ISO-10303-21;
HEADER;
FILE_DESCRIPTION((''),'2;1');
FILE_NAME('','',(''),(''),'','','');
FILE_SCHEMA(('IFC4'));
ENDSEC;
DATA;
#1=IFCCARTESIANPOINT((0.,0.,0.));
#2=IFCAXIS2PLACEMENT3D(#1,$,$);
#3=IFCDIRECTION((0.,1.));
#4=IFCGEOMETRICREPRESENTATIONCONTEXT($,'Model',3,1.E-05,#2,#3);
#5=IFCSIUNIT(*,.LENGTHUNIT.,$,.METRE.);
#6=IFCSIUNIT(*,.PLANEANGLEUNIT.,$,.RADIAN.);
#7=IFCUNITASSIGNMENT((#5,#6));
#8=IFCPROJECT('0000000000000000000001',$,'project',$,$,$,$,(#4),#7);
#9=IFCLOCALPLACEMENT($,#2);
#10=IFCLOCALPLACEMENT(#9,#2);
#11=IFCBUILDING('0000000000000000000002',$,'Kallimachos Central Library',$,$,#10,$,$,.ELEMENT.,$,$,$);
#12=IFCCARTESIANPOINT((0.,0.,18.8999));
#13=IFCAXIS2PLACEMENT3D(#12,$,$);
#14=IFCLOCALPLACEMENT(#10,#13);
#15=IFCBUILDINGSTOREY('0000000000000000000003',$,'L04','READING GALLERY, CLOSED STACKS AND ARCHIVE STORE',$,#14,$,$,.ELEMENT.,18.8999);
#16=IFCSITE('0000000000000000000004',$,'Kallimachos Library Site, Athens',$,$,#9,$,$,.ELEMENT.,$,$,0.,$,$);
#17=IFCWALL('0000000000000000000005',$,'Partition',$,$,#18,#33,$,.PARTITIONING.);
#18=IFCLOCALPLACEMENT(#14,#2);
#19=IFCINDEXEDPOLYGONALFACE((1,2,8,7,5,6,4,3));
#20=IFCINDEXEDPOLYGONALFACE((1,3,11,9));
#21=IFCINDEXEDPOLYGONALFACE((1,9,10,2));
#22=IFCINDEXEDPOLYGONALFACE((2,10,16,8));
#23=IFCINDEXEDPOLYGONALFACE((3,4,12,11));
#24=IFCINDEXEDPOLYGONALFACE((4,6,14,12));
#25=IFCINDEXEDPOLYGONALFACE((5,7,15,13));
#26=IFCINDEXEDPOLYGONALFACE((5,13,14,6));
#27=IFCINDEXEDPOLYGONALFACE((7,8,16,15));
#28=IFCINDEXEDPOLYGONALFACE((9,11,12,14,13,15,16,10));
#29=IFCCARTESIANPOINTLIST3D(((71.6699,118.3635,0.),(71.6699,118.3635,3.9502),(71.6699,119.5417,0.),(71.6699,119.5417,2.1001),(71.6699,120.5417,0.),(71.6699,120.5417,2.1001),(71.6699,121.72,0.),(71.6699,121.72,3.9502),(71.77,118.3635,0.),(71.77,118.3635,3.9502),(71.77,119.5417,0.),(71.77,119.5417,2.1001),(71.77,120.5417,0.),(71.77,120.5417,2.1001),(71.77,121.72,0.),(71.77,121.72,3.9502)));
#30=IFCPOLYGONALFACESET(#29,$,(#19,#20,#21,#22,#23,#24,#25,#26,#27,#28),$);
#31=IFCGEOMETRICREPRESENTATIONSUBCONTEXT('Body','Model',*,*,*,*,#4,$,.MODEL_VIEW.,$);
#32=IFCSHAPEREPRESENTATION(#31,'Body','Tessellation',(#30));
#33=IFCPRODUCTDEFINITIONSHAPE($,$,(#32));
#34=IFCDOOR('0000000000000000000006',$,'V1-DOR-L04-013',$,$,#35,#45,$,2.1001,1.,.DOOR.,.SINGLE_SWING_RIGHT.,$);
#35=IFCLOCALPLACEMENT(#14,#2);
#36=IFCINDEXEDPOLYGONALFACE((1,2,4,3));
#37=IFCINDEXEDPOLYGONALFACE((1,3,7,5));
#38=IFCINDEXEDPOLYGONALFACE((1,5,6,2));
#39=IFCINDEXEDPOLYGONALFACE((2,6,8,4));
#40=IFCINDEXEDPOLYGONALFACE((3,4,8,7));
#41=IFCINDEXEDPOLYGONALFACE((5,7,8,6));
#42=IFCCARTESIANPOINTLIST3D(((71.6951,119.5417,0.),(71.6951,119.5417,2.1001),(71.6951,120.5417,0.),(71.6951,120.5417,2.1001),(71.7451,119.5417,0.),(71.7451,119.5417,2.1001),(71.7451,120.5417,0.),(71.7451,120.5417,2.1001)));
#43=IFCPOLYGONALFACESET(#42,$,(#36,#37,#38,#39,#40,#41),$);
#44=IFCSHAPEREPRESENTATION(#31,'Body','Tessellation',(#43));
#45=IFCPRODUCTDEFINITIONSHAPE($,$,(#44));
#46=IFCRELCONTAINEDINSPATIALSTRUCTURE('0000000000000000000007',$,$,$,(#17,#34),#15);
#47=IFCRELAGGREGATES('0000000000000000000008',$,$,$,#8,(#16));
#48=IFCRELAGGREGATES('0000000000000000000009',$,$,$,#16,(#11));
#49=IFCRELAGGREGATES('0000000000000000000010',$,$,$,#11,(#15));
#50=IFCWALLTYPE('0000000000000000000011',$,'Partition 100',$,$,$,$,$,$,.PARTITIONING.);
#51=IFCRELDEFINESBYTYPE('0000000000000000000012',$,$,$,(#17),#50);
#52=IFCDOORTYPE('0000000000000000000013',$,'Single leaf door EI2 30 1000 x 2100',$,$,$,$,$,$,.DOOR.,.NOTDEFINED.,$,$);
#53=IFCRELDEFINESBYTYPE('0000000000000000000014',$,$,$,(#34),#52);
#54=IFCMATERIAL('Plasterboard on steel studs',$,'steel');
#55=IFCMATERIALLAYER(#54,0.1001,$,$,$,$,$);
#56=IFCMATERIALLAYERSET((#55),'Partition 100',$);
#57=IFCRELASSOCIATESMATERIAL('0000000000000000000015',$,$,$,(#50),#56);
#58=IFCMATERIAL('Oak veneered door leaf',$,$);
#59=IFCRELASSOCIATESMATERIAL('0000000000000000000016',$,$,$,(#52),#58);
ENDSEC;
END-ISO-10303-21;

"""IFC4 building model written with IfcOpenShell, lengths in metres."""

from ifc_helpers import new_model, si_unit, direction, frame, frame_2d, origin, place, context, subcontext, project, spatial, rectangle, extrude, material, layer, layer_set, type_object, element, fill, save


model = new_model("IFC4")

# Units and contexts
model_context = context("Model", 3, precision=1e-05, world=origin(), true_north=direction((0.0, 1.0)))
body_context = subcontext(model_context, "Body", "Model", "MODEL_VIEW")
ifc_project = project(units=[si_unit("LENGTHUNIT", "METRE"), si_unit("PLANEANGLEUNIT", "RADIAN")], contexts=[model_context])

# Site, building, storey
site_placement = place(None, origin())
site = spatial("IfcSite", under=ifc_project, at=site_placement, Name="Kallimachos Library Site, Athens", CompositionType="ELEMENT", RefElevation=0.0)
building_placement = place(site_placement, origin())
building = spatial("IfcBuilding", under=site, at=building_placement, Name="Kallimachos Central Library", CompositionType="ELEMENT")
storey_placement = place(building_placement, frame((0.0, 0.0, 18.8999)))
storey = spatial("IfcBuildingStorey", under=building, at=storey_placement, Name="L04", Description="READING GALLERY, CLOSED STACKS AND ARCHIVE STORE", CompositionType="ELEMENT", Elevation=18.8999)

# Wall, opening, door
ifc_material_1 = material(Name="Plasterboard on steel studs", Category="steel")
ifc_layer_1 = layer(ifc_material_1, 0.1001)
ifc_layer_set_1 = layer_set([ifc_layer_1], Name="Partition 100")
wall_type = type_object("IfcWallType", Name="Partition 100", PredefinedType="PARTITIONING", material=ifc_layer_set_1)
wall_placement = place(storey_placement, frame((71.72, 121.72, 0.0), z_axis=(0.0, 0.0, 1.0), x_axis=(0.0, -1.0, 0.0)))
wall = element("IfcWall", 1, at=wall_placement, inside=storey, type_object=wall_type, Name="Partition", PredefinedType="PARTITIONING", context=body_context, shape_type="SweptSolid", body=[
    extrude(rectangle(XDim=3.3564, YDim=0.1001, at=frame_2d((1.6782, 0.0))), origin(), (0.0, 0.0, 1.0), 3.9502),
])
opening_placement = place(wall_placement, frame((1.1782, 0.0, 0.0)))
opening = element("IfcOpeningElement", 2, at=opening_placement, cuts=wall, PredefinedType="OPENING", context=body_context, shape_type="SweptSolid", body=[
    extrude(rectangle(XDim=1.0, YDim=2.1001, at=frame_2d((0.5, 1.05))), frame((0.0, 0.0601, 0.0), z_axis=(0.0, -1.0, 0.0), x_axis=(1.0, 0.0, 0.0)), (0.0, 0.0, 1.0), 0.1201),
])
ifc_material_2 = material(Name="Oak veneered door leaf")
door_type = type_object("IfcDoorType", Name="Single leaf door EI2 30 1000 x 2100", OperationType="NOTDEFINED", PredefinedType="DOOR", material=ifc_material_2)
door_placement = place(opening_placement, frame((1.0, 0.0, 0.0), z_axis=(0.0, 0.0, 1.0), x_axis=(-1.0, 0.0, 0.0)))
door = element("IfcDoor", 3, at=door_placement, inside=storey, type_object=door_type, Name="V1-DOR-L04-013", OperationType="SINGLE_SWING_RIGHT", OverallHeight=2.1001, OverallWidth=1.0, PredefinedType="DOOR", context=body_context, shape_type="SweptSolid", body=[
    extrude(rectangle(XDim=1.0, YDim=2.1001, at=frame_2d((0.5, 1.05))), frame((0.0, 0.0249, 0.0), z_axis=(0.0, -1.0, 0.0), x_axis=(1.0, 0.0, 0.0)), (0.0, 0.0, 1.0), 0.05),
])
fill(opening, door)

save(model, "model.ifc")
